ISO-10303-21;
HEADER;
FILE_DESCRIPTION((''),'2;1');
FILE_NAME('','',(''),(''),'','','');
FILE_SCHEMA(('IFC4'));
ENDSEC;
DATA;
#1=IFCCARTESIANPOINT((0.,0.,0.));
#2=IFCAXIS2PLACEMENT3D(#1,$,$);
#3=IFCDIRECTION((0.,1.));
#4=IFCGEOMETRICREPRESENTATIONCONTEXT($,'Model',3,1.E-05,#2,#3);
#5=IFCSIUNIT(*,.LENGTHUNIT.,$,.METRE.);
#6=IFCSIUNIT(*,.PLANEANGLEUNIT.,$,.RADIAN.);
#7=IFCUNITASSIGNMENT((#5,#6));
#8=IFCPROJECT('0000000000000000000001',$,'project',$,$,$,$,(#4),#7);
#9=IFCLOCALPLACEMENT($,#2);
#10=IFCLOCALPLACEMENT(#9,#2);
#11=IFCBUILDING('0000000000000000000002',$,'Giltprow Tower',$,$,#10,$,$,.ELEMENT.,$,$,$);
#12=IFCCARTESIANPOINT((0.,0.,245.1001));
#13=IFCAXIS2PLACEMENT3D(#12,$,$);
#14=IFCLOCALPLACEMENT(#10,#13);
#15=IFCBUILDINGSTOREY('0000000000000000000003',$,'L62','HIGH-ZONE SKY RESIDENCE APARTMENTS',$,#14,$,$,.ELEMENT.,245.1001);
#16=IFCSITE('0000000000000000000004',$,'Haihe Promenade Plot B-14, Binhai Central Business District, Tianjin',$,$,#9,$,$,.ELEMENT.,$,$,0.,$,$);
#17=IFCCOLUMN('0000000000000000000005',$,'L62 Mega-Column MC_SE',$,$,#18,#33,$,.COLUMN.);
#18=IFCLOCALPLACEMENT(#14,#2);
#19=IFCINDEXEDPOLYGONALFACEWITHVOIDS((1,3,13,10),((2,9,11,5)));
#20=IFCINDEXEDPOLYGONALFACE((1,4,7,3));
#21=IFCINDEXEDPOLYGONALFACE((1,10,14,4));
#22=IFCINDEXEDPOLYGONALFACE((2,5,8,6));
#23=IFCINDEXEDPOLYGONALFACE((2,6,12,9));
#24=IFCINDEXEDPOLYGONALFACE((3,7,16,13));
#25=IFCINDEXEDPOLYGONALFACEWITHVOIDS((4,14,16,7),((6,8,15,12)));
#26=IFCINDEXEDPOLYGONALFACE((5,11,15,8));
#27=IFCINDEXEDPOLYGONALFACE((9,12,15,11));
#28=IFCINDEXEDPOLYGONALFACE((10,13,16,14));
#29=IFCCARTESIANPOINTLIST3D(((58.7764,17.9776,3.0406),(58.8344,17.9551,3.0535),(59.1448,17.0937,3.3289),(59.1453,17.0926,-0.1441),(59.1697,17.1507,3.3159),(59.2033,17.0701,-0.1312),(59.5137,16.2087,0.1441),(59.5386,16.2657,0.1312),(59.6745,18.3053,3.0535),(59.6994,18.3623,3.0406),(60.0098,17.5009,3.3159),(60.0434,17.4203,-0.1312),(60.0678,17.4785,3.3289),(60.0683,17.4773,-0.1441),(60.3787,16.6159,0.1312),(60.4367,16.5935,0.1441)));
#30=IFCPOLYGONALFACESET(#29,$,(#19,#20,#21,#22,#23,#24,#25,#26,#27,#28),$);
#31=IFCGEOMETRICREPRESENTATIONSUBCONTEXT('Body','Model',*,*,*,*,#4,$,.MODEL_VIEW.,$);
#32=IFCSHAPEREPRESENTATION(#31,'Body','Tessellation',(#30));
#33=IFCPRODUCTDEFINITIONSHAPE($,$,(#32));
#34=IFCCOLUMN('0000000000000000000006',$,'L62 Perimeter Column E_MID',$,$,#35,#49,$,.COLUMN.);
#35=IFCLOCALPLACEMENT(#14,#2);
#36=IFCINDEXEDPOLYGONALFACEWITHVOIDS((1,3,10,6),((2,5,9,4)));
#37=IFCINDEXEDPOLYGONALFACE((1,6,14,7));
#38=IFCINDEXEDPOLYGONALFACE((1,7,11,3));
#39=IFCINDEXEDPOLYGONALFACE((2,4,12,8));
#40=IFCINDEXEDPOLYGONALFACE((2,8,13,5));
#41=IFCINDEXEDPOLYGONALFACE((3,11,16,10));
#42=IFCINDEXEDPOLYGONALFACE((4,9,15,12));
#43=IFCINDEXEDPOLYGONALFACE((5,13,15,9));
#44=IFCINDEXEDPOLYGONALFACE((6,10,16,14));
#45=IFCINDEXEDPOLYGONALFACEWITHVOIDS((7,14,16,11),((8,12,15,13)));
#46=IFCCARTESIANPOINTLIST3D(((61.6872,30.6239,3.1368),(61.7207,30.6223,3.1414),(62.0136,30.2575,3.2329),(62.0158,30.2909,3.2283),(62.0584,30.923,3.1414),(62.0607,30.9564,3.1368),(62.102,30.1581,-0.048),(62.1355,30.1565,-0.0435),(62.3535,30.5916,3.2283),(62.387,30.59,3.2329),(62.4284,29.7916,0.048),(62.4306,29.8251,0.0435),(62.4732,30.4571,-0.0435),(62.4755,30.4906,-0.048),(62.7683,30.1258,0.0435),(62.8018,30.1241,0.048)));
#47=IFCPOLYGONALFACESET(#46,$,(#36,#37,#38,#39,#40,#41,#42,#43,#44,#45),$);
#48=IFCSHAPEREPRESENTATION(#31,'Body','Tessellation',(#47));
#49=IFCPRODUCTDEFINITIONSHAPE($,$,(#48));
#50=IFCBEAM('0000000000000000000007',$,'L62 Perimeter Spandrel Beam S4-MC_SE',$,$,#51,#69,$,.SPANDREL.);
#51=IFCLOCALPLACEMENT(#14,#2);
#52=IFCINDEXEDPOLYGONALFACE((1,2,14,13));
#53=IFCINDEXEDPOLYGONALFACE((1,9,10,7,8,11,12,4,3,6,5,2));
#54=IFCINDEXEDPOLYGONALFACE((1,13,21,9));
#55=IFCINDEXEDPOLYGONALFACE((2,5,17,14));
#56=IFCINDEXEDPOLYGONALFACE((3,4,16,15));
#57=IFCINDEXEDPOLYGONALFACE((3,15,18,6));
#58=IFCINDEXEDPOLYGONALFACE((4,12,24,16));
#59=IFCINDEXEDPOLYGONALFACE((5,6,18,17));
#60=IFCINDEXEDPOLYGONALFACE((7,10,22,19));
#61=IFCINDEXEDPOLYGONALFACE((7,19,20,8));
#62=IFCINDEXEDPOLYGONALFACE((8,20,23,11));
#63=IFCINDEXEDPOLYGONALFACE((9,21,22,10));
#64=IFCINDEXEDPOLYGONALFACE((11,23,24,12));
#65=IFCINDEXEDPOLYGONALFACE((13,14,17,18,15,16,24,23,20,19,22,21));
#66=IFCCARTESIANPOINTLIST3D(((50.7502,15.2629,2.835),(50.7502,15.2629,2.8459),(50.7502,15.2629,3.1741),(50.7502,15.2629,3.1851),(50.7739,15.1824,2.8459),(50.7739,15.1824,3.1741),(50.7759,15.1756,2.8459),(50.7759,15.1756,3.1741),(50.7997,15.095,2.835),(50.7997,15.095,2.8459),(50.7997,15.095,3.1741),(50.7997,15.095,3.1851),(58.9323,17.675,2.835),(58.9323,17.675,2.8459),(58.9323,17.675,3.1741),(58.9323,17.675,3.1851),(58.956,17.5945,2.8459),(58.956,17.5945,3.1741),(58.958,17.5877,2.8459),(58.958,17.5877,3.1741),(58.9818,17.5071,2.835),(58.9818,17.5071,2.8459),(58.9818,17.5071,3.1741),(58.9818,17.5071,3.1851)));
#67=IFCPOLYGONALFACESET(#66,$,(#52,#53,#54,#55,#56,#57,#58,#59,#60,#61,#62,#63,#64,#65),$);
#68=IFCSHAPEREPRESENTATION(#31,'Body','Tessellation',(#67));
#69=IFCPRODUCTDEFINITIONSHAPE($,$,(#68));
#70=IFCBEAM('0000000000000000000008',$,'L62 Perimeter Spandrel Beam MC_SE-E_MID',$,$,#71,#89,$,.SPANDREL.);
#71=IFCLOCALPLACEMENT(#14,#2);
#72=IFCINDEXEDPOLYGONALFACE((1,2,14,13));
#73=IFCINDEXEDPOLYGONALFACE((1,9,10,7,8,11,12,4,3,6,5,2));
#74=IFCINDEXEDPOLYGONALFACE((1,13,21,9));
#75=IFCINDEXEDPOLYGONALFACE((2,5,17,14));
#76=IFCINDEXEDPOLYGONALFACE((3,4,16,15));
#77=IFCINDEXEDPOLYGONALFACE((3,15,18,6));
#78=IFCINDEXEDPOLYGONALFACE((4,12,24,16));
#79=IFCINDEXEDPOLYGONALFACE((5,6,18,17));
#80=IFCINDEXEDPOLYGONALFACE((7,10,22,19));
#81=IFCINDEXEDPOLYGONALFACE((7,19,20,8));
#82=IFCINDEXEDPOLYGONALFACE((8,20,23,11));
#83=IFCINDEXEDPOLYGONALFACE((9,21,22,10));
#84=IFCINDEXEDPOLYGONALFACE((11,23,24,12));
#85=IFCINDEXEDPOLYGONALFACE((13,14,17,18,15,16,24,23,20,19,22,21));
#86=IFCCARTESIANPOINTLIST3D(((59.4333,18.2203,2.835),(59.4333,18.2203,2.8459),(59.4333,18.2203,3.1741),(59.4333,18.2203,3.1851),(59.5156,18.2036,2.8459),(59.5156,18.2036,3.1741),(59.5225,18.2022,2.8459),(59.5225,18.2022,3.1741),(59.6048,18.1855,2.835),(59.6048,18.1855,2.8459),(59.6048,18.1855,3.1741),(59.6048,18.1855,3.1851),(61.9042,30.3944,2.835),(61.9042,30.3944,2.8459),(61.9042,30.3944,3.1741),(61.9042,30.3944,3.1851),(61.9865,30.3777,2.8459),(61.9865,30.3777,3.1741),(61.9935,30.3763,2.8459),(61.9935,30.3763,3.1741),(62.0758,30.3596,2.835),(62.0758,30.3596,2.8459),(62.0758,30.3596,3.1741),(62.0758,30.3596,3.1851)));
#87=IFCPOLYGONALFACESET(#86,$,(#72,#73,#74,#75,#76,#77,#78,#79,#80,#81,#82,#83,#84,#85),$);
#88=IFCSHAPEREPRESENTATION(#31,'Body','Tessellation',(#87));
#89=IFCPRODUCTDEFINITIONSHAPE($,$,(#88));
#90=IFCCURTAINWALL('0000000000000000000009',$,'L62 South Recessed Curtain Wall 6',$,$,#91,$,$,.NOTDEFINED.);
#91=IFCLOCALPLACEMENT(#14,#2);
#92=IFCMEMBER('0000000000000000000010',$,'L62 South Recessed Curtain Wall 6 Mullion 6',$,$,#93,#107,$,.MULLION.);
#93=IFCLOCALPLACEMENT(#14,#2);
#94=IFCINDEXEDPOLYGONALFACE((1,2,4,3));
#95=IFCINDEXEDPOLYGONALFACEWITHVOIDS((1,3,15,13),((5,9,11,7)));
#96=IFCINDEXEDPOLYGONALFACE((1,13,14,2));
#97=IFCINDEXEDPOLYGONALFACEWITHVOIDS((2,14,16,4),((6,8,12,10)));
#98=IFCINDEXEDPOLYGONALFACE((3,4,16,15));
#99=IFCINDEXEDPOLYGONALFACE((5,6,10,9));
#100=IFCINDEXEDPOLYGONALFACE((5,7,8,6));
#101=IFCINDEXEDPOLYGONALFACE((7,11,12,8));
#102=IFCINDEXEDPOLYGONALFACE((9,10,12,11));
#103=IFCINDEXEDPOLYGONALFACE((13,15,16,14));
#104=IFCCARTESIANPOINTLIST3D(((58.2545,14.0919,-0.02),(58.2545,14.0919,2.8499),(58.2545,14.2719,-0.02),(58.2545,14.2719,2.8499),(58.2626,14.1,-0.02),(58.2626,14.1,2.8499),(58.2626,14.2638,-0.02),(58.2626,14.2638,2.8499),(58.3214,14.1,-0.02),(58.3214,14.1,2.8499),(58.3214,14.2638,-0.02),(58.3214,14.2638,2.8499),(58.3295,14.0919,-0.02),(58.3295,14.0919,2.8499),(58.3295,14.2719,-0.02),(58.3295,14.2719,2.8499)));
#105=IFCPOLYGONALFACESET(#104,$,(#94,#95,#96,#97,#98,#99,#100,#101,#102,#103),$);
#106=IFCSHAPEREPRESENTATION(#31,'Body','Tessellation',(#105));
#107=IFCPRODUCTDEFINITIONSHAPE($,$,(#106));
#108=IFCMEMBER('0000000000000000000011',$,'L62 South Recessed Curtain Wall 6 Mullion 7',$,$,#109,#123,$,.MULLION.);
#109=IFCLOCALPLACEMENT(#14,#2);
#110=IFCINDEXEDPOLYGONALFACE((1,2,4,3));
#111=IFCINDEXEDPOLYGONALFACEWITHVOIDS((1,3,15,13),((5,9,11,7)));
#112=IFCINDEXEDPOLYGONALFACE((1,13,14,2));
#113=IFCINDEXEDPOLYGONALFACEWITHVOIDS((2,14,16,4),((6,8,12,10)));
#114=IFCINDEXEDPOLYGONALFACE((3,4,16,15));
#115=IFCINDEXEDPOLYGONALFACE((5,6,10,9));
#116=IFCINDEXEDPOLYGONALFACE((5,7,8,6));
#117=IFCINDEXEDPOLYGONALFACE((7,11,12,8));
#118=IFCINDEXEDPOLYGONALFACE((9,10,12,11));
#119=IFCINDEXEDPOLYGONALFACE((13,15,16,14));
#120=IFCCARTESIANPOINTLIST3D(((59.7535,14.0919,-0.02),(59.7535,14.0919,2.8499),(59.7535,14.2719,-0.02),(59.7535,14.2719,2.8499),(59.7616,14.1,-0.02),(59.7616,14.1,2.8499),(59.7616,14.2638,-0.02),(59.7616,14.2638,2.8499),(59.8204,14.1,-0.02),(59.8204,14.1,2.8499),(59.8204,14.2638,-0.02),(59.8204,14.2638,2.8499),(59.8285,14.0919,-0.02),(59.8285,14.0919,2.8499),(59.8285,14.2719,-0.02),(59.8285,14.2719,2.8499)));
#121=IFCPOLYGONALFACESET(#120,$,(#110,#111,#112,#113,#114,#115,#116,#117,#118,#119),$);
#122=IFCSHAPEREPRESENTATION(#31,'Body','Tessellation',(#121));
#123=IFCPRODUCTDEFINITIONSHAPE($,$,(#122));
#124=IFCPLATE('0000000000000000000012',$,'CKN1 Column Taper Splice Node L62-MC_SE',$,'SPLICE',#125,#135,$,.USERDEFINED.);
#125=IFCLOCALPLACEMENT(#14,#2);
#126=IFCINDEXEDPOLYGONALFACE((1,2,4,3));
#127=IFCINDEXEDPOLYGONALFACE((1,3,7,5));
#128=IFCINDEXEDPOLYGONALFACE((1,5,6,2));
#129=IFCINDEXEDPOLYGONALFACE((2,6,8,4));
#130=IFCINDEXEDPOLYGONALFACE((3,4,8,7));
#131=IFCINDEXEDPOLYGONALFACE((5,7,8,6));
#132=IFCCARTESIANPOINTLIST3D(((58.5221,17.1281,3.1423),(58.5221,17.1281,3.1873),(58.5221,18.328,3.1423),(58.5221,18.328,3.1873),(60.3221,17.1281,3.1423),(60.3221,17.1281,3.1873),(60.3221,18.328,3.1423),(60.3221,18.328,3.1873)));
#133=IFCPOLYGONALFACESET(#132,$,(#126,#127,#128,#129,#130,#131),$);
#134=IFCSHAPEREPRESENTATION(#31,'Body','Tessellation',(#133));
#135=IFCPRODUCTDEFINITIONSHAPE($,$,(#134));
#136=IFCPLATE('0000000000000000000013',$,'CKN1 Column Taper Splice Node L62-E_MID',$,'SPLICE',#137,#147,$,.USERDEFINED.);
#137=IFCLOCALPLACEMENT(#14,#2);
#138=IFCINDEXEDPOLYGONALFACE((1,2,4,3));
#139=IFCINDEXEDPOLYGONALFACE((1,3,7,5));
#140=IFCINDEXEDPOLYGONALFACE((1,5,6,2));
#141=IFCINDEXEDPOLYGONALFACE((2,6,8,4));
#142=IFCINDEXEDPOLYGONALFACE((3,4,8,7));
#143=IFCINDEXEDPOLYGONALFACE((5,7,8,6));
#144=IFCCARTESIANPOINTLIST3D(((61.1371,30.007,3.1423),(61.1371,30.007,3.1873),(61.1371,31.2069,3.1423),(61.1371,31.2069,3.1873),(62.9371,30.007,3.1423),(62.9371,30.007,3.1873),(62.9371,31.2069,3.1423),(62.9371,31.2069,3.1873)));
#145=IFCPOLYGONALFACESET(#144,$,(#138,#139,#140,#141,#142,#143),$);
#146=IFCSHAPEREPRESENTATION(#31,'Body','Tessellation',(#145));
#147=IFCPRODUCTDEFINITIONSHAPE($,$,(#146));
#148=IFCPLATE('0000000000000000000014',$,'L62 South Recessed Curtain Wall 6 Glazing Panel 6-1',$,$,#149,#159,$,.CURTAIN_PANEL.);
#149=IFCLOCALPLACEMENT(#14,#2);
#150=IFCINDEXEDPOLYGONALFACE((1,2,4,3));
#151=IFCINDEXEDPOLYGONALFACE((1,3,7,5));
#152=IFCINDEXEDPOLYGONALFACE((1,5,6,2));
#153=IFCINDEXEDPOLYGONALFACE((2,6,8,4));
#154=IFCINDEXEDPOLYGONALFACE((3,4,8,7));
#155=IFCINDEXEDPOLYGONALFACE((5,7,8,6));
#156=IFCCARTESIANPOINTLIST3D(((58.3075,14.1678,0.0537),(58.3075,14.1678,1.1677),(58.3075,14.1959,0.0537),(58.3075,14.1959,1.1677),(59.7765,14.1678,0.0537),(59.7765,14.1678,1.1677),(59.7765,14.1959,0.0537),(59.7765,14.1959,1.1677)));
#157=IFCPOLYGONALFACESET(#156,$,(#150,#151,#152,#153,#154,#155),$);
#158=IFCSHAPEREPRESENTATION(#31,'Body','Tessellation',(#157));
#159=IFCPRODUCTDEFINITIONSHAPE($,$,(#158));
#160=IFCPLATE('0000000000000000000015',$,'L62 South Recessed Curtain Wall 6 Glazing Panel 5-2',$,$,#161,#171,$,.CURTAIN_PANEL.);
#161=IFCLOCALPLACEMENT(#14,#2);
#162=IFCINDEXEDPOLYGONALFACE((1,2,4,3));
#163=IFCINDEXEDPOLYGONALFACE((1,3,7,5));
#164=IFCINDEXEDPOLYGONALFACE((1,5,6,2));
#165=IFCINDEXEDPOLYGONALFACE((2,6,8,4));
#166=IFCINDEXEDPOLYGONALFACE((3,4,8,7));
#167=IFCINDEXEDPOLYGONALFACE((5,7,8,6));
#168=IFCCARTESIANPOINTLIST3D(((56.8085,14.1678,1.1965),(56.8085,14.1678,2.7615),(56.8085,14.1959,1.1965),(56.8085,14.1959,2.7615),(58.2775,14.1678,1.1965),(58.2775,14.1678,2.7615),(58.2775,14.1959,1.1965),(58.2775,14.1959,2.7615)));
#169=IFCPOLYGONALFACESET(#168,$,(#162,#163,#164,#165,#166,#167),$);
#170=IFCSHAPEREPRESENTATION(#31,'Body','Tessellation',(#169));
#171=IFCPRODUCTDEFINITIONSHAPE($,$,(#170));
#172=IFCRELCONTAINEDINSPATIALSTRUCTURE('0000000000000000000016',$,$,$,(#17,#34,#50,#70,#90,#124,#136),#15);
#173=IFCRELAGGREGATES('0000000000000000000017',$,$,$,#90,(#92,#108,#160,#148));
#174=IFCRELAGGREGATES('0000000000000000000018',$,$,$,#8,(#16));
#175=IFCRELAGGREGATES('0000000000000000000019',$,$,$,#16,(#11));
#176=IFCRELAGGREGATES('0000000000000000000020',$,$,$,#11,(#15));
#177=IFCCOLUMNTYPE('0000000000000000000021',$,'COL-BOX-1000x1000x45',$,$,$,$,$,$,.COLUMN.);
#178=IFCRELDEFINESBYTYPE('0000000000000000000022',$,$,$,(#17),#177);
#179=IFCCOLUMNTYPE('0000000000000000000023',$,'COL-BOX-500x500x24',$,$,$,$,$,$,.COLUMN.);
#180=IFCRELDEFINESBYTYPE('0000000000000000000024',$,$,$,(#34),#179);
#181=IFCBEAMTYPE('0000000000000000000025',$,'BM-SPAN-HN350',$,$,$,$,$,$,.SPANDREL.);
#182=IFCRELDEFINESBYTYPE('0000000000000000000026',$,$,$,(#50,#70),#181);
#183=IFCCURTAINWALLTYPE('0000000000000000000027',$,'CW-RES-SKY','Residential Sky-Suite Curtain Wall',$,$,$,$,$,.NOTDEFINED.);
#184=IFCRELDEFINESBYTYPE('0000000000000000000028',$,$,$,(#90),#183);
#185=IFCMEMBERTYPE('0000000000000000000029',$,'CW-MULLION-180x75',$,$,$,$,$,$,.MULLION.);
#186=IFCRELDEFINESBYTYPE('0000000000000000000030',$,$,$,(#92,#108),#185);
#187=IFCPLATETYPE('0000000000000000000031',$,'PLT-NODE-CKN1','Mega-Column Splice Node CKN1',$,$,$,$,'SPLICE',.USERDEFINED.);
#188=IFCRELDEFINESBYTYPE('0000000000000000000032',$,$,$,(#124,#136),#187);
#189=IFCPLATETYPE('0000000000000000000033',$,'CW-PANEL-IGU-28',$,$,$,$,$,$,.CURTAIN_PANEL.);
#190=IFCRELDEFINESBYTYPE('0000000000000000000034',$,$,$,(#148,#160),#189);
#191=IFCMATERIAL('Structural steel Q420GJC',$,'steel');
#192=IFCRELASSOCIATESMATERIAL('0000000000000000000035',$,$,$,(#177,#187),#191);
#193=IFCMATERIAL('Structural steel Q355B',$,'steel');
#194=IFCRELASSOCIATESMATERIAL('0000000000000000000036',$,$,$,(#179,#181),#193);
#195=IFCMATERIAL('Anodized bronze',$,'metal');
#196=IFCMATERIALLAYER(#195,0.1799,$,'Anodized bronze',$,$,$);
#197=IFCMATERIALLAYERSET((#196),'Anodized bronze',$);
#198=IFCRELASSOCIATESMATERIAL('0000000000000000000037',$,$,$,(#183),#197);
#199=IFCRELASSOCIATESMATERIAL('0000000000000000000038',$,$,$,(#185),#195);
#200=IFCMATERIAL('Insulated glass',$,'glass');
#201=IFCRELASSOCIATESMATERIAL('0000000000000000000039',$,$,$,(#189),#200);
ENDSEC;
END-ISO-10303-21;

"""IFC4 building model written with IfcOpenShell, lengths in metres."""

from ifc_helpers import new_model, si_unit, direction, frame, origin, origin_2d, place, context, subcontext, project, spatial, rectangle, hollow_rectangle, i_section, extrude, source, transform, mapped, material, layer, layer_set, material_profile, profile_set, type_object, element, aggregate, save


model = new_model("IFC4")

# Units and contexts
model_context = context("Model", 3, precision=1e-05, world=origin(), true_north=direction((0.0, 1.0)))
body_context = subcontext(model_context, "Body", "Model", "MODEL_VIEW")
ifc_project = project(units=[si_unit("LENGTHUNIT", "METRE"), si_unit("PLANEANGLEUNIT", "RADIAN")], contexts=[model_context])

# Site, building, storey
site_placement = place(None, origin())
site = spatial("IfcSite", under=ifc_project, at=site_placement, Name="Haihe Promenade Plot B-14, Binhai Central Business District, Tianjin", CompositionType="ELEMENT", RefElevation=0.0)
building_placement = place(site_placement, origin())
building = spatial("IfcBuilding", under=site, at=building_placement, Name="Giltprow Tower", CompositionType="ELEMENT")
storey_placement = place(building_placement, frame((0.0, 0.0, 245.1001)))
storey = spatial("IfcBuildingStorey", under=building, at=storey_placement, Name="L62", Description="HIGH-ZONE SKY RESIDENCE APARTMENTS", CompositionType="ELEMENT", Elevation=245.1001)

# Columns
ifc_material_1 = material(Name="Structural steel Q420GJC", Category="steel")
ifc_material_profile_1 = material_profile(ifc_material_1, hollow_rectangle(XDim=1.0, YDim=1.0, WallThickness=0.0449, at=origin_2d()), Name="BOX 1000x1000x45")
ifc_profile_set_1 = profile_set([ifc_material_profile_1], Name="Structural steel Q420GJC")
column_type_1 = type_object("IfcColumnType", Name="COL-BOX-1000x1000x45", PredefinedType="COLUMN", material=ifc_profile_set_1)
shared_shape_1 = source(origin(), body_context, "Body", "SweptSolid", [
    extrude(hollow_rectangle(XDim=1.0, YDim=1.0, WallThickness=0.0449, at=origin_2d()), origin(), (0.0, 0.0, 1.0), 3.3259),
])
column_1_placement = place(storey_placement, frame((59.791, 16.843, 0.0), z_axis=(-0.110912, 0.266087, 0.957547), x_axis=(-0.923024, -0.384742, 0.0)))
element("IfcColumn", 1, at=column_1_placement, inside=storey, type_object=column_type_1, Name="L62 Mega-Column MC_SE", PredefinedType="COLUMN", context=body_context, shape_type="MappedRepresentation", body=[
    mapped(shared_shape_1, transform((0.0, 0.0, 0.0), x_axis=(1.0, 0.0, 0.0), y_axis=(0.0, 1.0, 0.0), z_axis=(0.0, 0.0, 1.0), scale=1.0)),
])
ifc_material_2 = material(Name="Structural steel Q355B", Category="steel")
ifc_material_profile_2 = material_profile(ifc_material_2, hollow_rectangle(XDim=0.5, YDim=0.5, WallThickness=0.0239, at=origin_2d()), Name="BOX 500x500x24")
ifc_profile_set_2 = profile_set([ifc_material_profile_2], Name="Structural steel Q355B")
column_type_2 = type_object("IfcColumnType", Name="COL-BOX-500x500x24", PredefinedType="COLUMN", material=ifc_profile_set_2)
shared_shape_2 = source(origin(), body_context, "Body", "SweptSolid", [
    extrude(hollow_rectangle(XDim=0.5, YDim=0.5, WallThickness=0.0239, at=origin_2d()), origin(), (0.0, 0.0, 1.0), 3.2454),
])
column_2_placement = place(storey_placement, frame((62.4519, 30.1411, 0.0), z_axis=(-0.127813, 0.143536, 0.981357), x_axis=(-0.746826, -0.66502, 0.0)))
element("IfcColumn", 2, at=column_2_placement, inside=storey, type_object=column_type_2, Name="L62 Perimeter Column E_MID", PredefinedType="COLUMN", context=body_context, shape_type="MappedRepresentation", body=[
    mapped(shared_shape_2, transform((0.0, 0.0, 0.0), x_axis=(1.0, 0.0, 0.0), y_axis=(0.0, 1.0, 0.0), z_axis=(0.0, 0.0, 1.0), scale=1.0)),
])

# Beams
ifc_material_profile_3 = material_profile(ifc_material_2, i_section(OverallWidth=0.175, OverallDepth=0.3501, WebThickness=0.0071, FlangeThickness=0.011, at=origin_2d()), Name="HN 350x175x7x11")
ifc_profile_set_3 = profile_set([ifc_material_profile_3], Name="Structural steel Q355B")
beam_type = type_object("IfcBeamType", Name="BM-SPAN-HN350", PredefinedType="SPANDREL", material=ifc_profile_set_3)
shared_shape_3 = source(origin(), body_context, "Body", "SweptSolid", [
    extrude(i_section(OverallWidth=0.175, OverallDepth=0.3501, WebThickness=0.0071, FlangeThickness=0.011, at=origin_2d()), origin(), (0.0, 0.0, 1.0), 8.5303),
])
beam_1_placement = place(storey_placement, frame((50.7749, 15.179, 3.01), z_axis=(0.959188, 0.282771, 0.0), x_axis=(-0.282771, 0.959188, 0.0)))
element("IfcBeam", 3, at=beam_1_placement, inside=storey, type_object=beam_type, Name="L62 Perimeter Spandrel Beam S4-MC_SE", PredefinedType="SPANDREL", context=body_context, shape_type="MappedRepresentation", body=[
    mapped(shared_shape_3, transform((0.0, 0.0, 0.0), x_axis=(1.0, 0.0, 0.0), y_axis=(0.0, 1.0, 0.0), z_axis=(0.0, 0.0, 1.0), scale=1.0)),
])
shared_shape_4 = source(origin(), body_context, "Body", "SweptSolid", [
    extrude(i_section(OverallWidth=0.175, OverallDepth=0.3501, WebThickness=0.0071, FlangeThickness=0.011, at=origin_2d()), origin(), (0.0, 0.0, 1.0), 12.4224),
])
beam_2_placement = place(storey_placement, frame((59.519, 18.2029, 3.01), z_axis=(0.198912, 0.980017, 0.0), x_axis=(-0.980017, 0.198912, 0.0)))
element("IfcBeam", 4, at=beam_2_placement, inside=storey, type_object=beam_type, Name="L62 Perimeter Spandrel Beam MC_SE-E_MID", PredefinedType="SPANDREL", context=body_context, shape_type="MappedRepresentation", body=[
    mapped(shared_shape_4, transform((0.0, 0.0, 0.0), x_axis=(1.0, 0.0, 0.0), y_axis=(0.0, 1.0, 0.0), z_axis=(0.0, 0.0, 1.0), scale=1.0)),
])

# Curtain wall, members
ifc_material_3 = material(Name="Anodized bronze", Category="metal")
ifc_layer_1 = layer(ifc_material_3, 0.1799, Name="Anodized bronze")
ifc_layer_set_1 = layer_set([ifc_layer_1], Name="Anodized bronze")
curtain_wall_type = type_object("IfcCurtainWallType", Name="CW-RES-SKY", Description="Residential Sky-Suite Curtain Wall", PredefinedType="NOTDEFINED", material=ifc_layer_set_1)
curtain_wall_placement = place(storey_placement, origin())
curtain_wall = element("IfcCurtainWall", 5, at=curtain_wall_placement, inside=storey, type_object=curtain_wall_type, Name="L62 South Recessed Curtain Wall 6", PredefinedType="NOTDEFINED")
ifc_material_profile_4 = material_profile(ifc_material_3, hollow_rectangle(XDim=0.075, YDim=0.1799, WallThickness=0.0081, at=origin_2d()), Name="RHS 180x75x8")
ifc_profile_set_4 = profile_set([ifc_material_profile_4], Name="Anodized bronze")
member_type = type_object("IfcMemberType", Name="CW-MULLION-180x75", PredefinedType="MULLION", material=ifc_profile_set_4)
shared_shape_5 = source(origin(), body_context, "Body", "SweptSolid", [
    extrude(hollow_rectangle(XDim=0.075, YDim=0.1799, WallThickness=0.0081, at=origin_2d()), origin(), (0.0, 0.0, 1.0), 2.8699),
])
member_1_placement = place(storey_placement, frame((58.292, 14.1819, -0.02), z_axis=(0.0, 0.0, 1.0), x_axis=(1.0, 0.0, 0.0)))
member_1 = element("IfcMember", 6, at=member_1_placement, type_object=member_type, Name="L62 South Recessed Curtain Wall 6 Mullion 6", PredefinedType="MULLION", context=body_context, shape_type="MappedRepresentation", body=[
    mapped(shared_shape_5, transform((0.0, 0.0, 0.0), x_axis=(1.0, 0.0, 0.0), y_axis=(0.0, 1.0, 0.0), z_axis=(0.0, 0.0, 1.0), scale=1.0)),
])
member_2_placement = place(storey_placement, frame((59.791, 14.1819, -0.02), z_axis=(0.0, 0.0, 1.0), x_axis=(1.0, 0.0, 0.0)))
member_2 = element("IfcMember", 7, at=member_2_placement, type_object=member_type, Name="L62 South Recessed Curtain Wall 6 Mullion 7", PredefinedType="MULLION", context=body_context, shape_type="MappedRepresentation", body=[
    mapped(shared_shape_5, transform((0.0, 0.0, 0.0), x_axis=(1.0, 0.0, 0.0), y_axis=(0.0, 1.0, 0.0), z_axis=(0.0, 0.0, 1.0), scale=1.0)),
])

# Plates
plate_type_1 = type_object("IfcPlateType", Name="PLT-NODE-CKN1", Description="Mega-Column Splice Node CKN1", ElementType="SPLICE", PredefinedType="USERDEFINED", material=ifc_material_1)
shared_shape_6 = source(origin(), body_context, "Body", "SweptSolid", [
    extrude(rectangle(XDim=1.8, YDim=1.2, at=origin_2d()), origin(), (0.0, 0.0, 1.0), 0.0449),
])
for number, where, z_axis, x_axis, name in (
    (8, (59.4221, 17.728, 3.1423), (0.0, 0.0, 1.0), (1.0, 0.0, 0.0), "CKN1 Column Taper Splice Node L62-MC_SE"),
    (9, (62.0371, 30.6069, 3.1423), (0.0, 0.0, 1.0), (1.0, 0.0, 0.0), "CKN1 Column Taper Splice Node L62-E_MID"),
):
    element("IfcPlate", number, at=place(storey_placement, frame(where, z_axis=z_axis, x_axis=x_axis)), inside=storey, type_object=plate_type_1, Name=name, ObjectType="SPLICE", PredefinedType="USERDEFINED", context=body_context, shape_type="MappedRepresentation", body=[
        mapped(shared_shape_6, transform((0.0, 0.0, 0.0), x_axis=(1.0, 0.0, 0.0), y_axis=(0.0, 1.0, 0.0), z_axis=(0.0, 0.0, 1.0), scale=1.0)),
    ])

# Plates
ifc_material_4 = material(Name="Insulated glass", Category="glass")
plate_type_2 = type_object("IfcPlateType", Name="CW-PANEL-IGU-28", PredefinedType="CURTAIN_PANEL", material=ifc_material_4)
shared_shape_7 = source(origin(), body_context, "Body", "SweptSolid", [
    extrude(rectangle(XDim=1.469, YDim=0.0281, at=origin_2d()), origin(), (0.0, 0.0, 1.0), 1.114),
])
plate_1_placement = place(storey_placement, frame((59.042, 14.1819, 0.0537), z_axis=(0.0, 0.0, 1.0), x_axis=(1.0, 0.0, 0.0)))
plate_1 = element("IfcPlate", 10, at=plate_1_placement, type_object=plate_type_2, Name="L62 South Recessed Curtain Wall 6 Glazing Panel 6-1", PredefinedType="CURTAIN_PANEL", context=body_context, shape_type="MappedRepresentation", body=[
    mapped(shared_shape_7, transform((0.0, 0.0, 0.0), x_axis=(1.0, 0.0, 0.0), y_axis=(0.0, 1.0, 0.0), z_axis=(0.0, 0.0, 1.0), scale=1.0)),
])
shared_shape_8 = source(origin(), body_context, "Body", "SweptSolid", [
    extrude(rectangle(XDim=1.469, YDim=0.0281, at=origin_2d()), origin(), (0.0, 0.0, 1.0), 1.5649),
])
plate_2_placement = place(storey_placement, frame((57.543, 14.1819, 1.1965), z_axis=(0.0, 0.0, 1.0), x_axis=(1.0, 0.0, 0.0)))
plate_2 = element("IfcPlate", 11, at=plate_2_placement, type_object=plate_type_2, Name="L62 South Recessed Curtain Wall 6 Glazing Panel 5-2", PredefinedType="CURTAIN_PANEL", context=body_context, shape_type="MappedRepresentation", body=[
    mapped(shared_shape_8, transform((0.0, 0.0, 0.0), x_axis=(1.0, 0.0, 0.0), y_axis=(0.0, 1.0, 0.0), z_axis=(0.0, 0.0, 1.0), scale=1.0)),
])
aggregate(curtain_wall, [member_1, member_2, plate_2, plate_1])

save(model, "model.ifc")
